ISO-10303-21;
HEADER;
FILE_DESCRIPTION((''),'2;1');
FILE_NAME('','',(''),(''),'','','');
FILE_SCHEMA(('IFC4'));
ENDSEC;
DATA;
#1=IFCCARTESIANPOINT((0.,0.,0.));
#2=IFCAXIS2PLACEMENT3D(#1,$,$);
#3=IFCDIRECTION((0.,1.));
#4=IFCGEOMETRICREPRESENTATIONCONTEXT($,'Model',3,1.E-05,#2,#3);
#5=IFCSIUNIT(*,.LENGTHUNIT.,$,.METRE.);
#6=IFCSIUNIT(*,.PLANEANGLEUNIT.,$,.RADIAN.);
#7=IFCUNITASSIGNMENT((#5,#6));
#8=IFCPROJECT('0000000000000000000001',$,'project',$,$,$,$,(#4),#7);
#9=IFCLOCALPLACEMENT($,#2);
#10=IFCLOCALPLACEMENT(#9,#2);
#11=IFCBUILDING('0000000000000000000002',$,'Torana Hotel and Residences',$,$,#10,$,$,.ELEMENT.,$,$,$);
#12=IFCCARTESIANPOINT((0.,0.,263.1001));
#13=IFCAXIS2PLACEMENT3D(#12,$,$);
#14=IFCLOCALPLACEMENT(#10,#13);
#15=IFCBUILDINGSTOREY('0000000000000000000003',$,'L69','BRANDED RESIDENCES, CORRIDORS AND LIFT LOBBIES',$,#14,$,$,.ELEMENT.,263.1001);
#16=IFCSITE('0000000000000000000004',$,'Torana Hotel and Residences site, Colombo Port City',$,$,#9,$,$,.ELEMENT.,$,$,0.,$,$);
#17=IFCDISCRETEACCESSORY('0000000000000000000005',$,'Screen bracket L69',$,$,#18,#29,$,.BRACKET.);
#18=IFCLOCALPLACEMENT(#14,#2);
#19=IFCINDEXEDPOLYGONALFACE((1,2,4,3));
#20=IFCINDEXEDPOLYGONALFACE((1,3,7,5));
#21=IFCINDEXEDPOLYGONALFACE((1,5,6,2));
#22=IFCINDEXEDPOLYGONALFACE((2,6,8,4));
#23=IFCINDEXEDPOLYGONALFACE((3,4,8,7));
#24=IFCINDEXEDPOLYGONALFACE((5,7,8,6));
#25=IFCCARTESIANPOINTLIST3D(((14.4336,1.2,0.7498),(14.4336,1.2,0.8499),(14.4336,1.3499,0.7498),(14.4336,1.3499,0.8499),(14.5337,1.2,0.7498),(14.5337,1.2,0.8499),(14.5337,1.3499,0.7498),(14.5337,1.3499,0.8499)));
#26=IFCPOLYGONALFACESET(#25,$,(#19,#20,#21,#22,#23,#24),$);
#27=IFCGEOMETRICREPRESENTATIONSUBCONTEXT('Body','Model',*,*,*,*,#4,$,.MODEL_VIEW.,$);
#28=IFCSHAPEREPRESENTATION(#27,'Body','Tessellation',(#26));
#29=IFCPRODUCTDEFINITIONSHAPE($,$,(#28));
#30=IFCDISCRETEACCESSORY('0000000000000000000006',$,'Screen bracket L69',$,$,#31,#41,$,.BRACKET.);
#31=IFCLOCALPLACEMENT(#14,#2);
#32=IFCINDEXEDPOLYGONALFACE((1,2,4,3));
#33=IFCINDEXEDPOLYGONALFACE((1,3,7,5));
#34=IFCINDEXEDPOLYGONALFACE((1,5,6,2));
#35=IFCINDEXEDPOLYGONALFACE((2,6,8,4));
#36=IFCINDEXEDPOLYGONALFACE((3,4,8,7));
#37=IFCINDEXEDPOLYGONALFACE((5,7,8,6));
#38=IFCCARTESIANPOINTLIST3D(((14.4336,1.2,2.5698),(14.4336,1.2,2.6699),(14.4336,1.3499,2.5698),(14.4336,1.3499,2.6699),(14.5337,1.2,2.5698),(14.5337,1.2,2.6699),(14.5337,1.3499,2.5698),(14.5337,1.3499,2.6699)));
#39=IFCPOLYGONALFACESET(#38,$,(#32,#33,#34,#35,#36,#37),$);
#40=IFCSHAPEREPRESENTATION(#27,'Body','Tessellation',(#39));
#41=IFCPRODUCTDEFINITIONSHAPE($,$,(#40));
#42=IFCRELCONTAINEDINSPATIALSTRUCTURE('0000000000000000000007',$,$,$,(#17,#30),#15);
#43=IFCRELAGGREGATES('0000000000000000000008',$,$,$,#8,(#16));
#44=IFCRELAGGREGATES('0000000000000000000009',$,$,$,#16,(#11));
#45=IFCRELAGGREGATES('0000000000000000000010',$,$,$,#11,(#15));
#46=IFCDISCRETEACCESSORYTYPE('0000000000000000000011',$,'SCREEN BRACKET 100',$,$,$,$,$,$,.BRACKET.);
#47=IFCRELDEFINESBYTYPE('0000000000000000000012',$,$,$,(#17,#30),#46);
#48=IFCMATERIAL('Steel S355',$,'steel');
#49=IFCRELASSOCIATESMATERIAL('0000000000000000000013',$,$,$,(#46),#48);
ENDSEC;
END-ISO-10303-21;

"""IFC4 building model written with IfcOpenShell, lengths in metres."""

from ifc_helpers import new_model, si_unit, direction, frame, origin, origin_2d, place, context, subcontext, project, spatial, rectangle, extrude, material, type_object, element, save


model = new_model("IFC4")

# Units and contexts
model_context = context("Model", 3, precision=1e-05, world=origin(), true_north=direction((0.0, 1.0)))
body_context = subcontext(model_context, "Body", "Model", "MODEL_VIEW")
ifc_project = project(units=[si_unit("LENGTHUNIT", "METRE"), si_unit("PLANEANGLEUNIT", "RADIAN")], contexts=[model_context])

# Site, building, storey
site_placement = place(None, origin())
site = spatial("IfcSite", under=ifc_project, at=site_placement, Name="Torana Hotel and Residences site, Colombo Port City", CompositionType="ELEMENT", RefElevation=0.0)
building_placement = place(site_placement, origin())
building = spatial("IfcBuilding", under=site, at=building_placement, Name="Torana Hotel and Residences", CompositionType="ELEMENT")
storey_placement = place(building_placement, frame((0.0, 0.0, 263.1001)))
storey = spatial("IfcBuildingStorey", under=building, at=storey_placement, Name="L69", Description="BRANDED RESIDENCES, CORRIDORS AND LIFT LOBBIES", CompositionType="ELEMENT", Elevation=263.1001)

# Discrete accessories
ifc_material_1 = material(Name="Steel S355", Category="steel")
discrete_accessory_type = type_object("IfcDiscreteAccessoryType", Name="SCREEN BRACKET 100", PredefinedType="BRACKET", material=ifc_material_1)
for number, where, z_axis, x_axis, name in (
    (1, (14.4836, 1.2749, 0.7498), (0.0, 0.0, 1.0), (-1.0, 0.0, 0.0), "Screen bracket L69"),
    (2, (14.4836, 1.2749, 2.5698), (0.0, 0.0, 1.0), (-1.0, 0.0, 0.0), "Screen bracket L69"),
):
    element("IfcDiscreteAccessory", number, at=place(storey_placement, frame(where, z_axis=z_axis, x_axis=x_axis)), inside=storey, type_object=discrete_accessory_type, Name=name, PredefinedType="BRACKET", context=body_context, shape_type="SweptSolid", body=[
        extrude(rectangle(XDim=0.1001, YDim=0.1499, at=origin_2d()), origin(), (0.0, 0.0, 1.0), 0.1001),
    ])

save(model, "model.ifc")
